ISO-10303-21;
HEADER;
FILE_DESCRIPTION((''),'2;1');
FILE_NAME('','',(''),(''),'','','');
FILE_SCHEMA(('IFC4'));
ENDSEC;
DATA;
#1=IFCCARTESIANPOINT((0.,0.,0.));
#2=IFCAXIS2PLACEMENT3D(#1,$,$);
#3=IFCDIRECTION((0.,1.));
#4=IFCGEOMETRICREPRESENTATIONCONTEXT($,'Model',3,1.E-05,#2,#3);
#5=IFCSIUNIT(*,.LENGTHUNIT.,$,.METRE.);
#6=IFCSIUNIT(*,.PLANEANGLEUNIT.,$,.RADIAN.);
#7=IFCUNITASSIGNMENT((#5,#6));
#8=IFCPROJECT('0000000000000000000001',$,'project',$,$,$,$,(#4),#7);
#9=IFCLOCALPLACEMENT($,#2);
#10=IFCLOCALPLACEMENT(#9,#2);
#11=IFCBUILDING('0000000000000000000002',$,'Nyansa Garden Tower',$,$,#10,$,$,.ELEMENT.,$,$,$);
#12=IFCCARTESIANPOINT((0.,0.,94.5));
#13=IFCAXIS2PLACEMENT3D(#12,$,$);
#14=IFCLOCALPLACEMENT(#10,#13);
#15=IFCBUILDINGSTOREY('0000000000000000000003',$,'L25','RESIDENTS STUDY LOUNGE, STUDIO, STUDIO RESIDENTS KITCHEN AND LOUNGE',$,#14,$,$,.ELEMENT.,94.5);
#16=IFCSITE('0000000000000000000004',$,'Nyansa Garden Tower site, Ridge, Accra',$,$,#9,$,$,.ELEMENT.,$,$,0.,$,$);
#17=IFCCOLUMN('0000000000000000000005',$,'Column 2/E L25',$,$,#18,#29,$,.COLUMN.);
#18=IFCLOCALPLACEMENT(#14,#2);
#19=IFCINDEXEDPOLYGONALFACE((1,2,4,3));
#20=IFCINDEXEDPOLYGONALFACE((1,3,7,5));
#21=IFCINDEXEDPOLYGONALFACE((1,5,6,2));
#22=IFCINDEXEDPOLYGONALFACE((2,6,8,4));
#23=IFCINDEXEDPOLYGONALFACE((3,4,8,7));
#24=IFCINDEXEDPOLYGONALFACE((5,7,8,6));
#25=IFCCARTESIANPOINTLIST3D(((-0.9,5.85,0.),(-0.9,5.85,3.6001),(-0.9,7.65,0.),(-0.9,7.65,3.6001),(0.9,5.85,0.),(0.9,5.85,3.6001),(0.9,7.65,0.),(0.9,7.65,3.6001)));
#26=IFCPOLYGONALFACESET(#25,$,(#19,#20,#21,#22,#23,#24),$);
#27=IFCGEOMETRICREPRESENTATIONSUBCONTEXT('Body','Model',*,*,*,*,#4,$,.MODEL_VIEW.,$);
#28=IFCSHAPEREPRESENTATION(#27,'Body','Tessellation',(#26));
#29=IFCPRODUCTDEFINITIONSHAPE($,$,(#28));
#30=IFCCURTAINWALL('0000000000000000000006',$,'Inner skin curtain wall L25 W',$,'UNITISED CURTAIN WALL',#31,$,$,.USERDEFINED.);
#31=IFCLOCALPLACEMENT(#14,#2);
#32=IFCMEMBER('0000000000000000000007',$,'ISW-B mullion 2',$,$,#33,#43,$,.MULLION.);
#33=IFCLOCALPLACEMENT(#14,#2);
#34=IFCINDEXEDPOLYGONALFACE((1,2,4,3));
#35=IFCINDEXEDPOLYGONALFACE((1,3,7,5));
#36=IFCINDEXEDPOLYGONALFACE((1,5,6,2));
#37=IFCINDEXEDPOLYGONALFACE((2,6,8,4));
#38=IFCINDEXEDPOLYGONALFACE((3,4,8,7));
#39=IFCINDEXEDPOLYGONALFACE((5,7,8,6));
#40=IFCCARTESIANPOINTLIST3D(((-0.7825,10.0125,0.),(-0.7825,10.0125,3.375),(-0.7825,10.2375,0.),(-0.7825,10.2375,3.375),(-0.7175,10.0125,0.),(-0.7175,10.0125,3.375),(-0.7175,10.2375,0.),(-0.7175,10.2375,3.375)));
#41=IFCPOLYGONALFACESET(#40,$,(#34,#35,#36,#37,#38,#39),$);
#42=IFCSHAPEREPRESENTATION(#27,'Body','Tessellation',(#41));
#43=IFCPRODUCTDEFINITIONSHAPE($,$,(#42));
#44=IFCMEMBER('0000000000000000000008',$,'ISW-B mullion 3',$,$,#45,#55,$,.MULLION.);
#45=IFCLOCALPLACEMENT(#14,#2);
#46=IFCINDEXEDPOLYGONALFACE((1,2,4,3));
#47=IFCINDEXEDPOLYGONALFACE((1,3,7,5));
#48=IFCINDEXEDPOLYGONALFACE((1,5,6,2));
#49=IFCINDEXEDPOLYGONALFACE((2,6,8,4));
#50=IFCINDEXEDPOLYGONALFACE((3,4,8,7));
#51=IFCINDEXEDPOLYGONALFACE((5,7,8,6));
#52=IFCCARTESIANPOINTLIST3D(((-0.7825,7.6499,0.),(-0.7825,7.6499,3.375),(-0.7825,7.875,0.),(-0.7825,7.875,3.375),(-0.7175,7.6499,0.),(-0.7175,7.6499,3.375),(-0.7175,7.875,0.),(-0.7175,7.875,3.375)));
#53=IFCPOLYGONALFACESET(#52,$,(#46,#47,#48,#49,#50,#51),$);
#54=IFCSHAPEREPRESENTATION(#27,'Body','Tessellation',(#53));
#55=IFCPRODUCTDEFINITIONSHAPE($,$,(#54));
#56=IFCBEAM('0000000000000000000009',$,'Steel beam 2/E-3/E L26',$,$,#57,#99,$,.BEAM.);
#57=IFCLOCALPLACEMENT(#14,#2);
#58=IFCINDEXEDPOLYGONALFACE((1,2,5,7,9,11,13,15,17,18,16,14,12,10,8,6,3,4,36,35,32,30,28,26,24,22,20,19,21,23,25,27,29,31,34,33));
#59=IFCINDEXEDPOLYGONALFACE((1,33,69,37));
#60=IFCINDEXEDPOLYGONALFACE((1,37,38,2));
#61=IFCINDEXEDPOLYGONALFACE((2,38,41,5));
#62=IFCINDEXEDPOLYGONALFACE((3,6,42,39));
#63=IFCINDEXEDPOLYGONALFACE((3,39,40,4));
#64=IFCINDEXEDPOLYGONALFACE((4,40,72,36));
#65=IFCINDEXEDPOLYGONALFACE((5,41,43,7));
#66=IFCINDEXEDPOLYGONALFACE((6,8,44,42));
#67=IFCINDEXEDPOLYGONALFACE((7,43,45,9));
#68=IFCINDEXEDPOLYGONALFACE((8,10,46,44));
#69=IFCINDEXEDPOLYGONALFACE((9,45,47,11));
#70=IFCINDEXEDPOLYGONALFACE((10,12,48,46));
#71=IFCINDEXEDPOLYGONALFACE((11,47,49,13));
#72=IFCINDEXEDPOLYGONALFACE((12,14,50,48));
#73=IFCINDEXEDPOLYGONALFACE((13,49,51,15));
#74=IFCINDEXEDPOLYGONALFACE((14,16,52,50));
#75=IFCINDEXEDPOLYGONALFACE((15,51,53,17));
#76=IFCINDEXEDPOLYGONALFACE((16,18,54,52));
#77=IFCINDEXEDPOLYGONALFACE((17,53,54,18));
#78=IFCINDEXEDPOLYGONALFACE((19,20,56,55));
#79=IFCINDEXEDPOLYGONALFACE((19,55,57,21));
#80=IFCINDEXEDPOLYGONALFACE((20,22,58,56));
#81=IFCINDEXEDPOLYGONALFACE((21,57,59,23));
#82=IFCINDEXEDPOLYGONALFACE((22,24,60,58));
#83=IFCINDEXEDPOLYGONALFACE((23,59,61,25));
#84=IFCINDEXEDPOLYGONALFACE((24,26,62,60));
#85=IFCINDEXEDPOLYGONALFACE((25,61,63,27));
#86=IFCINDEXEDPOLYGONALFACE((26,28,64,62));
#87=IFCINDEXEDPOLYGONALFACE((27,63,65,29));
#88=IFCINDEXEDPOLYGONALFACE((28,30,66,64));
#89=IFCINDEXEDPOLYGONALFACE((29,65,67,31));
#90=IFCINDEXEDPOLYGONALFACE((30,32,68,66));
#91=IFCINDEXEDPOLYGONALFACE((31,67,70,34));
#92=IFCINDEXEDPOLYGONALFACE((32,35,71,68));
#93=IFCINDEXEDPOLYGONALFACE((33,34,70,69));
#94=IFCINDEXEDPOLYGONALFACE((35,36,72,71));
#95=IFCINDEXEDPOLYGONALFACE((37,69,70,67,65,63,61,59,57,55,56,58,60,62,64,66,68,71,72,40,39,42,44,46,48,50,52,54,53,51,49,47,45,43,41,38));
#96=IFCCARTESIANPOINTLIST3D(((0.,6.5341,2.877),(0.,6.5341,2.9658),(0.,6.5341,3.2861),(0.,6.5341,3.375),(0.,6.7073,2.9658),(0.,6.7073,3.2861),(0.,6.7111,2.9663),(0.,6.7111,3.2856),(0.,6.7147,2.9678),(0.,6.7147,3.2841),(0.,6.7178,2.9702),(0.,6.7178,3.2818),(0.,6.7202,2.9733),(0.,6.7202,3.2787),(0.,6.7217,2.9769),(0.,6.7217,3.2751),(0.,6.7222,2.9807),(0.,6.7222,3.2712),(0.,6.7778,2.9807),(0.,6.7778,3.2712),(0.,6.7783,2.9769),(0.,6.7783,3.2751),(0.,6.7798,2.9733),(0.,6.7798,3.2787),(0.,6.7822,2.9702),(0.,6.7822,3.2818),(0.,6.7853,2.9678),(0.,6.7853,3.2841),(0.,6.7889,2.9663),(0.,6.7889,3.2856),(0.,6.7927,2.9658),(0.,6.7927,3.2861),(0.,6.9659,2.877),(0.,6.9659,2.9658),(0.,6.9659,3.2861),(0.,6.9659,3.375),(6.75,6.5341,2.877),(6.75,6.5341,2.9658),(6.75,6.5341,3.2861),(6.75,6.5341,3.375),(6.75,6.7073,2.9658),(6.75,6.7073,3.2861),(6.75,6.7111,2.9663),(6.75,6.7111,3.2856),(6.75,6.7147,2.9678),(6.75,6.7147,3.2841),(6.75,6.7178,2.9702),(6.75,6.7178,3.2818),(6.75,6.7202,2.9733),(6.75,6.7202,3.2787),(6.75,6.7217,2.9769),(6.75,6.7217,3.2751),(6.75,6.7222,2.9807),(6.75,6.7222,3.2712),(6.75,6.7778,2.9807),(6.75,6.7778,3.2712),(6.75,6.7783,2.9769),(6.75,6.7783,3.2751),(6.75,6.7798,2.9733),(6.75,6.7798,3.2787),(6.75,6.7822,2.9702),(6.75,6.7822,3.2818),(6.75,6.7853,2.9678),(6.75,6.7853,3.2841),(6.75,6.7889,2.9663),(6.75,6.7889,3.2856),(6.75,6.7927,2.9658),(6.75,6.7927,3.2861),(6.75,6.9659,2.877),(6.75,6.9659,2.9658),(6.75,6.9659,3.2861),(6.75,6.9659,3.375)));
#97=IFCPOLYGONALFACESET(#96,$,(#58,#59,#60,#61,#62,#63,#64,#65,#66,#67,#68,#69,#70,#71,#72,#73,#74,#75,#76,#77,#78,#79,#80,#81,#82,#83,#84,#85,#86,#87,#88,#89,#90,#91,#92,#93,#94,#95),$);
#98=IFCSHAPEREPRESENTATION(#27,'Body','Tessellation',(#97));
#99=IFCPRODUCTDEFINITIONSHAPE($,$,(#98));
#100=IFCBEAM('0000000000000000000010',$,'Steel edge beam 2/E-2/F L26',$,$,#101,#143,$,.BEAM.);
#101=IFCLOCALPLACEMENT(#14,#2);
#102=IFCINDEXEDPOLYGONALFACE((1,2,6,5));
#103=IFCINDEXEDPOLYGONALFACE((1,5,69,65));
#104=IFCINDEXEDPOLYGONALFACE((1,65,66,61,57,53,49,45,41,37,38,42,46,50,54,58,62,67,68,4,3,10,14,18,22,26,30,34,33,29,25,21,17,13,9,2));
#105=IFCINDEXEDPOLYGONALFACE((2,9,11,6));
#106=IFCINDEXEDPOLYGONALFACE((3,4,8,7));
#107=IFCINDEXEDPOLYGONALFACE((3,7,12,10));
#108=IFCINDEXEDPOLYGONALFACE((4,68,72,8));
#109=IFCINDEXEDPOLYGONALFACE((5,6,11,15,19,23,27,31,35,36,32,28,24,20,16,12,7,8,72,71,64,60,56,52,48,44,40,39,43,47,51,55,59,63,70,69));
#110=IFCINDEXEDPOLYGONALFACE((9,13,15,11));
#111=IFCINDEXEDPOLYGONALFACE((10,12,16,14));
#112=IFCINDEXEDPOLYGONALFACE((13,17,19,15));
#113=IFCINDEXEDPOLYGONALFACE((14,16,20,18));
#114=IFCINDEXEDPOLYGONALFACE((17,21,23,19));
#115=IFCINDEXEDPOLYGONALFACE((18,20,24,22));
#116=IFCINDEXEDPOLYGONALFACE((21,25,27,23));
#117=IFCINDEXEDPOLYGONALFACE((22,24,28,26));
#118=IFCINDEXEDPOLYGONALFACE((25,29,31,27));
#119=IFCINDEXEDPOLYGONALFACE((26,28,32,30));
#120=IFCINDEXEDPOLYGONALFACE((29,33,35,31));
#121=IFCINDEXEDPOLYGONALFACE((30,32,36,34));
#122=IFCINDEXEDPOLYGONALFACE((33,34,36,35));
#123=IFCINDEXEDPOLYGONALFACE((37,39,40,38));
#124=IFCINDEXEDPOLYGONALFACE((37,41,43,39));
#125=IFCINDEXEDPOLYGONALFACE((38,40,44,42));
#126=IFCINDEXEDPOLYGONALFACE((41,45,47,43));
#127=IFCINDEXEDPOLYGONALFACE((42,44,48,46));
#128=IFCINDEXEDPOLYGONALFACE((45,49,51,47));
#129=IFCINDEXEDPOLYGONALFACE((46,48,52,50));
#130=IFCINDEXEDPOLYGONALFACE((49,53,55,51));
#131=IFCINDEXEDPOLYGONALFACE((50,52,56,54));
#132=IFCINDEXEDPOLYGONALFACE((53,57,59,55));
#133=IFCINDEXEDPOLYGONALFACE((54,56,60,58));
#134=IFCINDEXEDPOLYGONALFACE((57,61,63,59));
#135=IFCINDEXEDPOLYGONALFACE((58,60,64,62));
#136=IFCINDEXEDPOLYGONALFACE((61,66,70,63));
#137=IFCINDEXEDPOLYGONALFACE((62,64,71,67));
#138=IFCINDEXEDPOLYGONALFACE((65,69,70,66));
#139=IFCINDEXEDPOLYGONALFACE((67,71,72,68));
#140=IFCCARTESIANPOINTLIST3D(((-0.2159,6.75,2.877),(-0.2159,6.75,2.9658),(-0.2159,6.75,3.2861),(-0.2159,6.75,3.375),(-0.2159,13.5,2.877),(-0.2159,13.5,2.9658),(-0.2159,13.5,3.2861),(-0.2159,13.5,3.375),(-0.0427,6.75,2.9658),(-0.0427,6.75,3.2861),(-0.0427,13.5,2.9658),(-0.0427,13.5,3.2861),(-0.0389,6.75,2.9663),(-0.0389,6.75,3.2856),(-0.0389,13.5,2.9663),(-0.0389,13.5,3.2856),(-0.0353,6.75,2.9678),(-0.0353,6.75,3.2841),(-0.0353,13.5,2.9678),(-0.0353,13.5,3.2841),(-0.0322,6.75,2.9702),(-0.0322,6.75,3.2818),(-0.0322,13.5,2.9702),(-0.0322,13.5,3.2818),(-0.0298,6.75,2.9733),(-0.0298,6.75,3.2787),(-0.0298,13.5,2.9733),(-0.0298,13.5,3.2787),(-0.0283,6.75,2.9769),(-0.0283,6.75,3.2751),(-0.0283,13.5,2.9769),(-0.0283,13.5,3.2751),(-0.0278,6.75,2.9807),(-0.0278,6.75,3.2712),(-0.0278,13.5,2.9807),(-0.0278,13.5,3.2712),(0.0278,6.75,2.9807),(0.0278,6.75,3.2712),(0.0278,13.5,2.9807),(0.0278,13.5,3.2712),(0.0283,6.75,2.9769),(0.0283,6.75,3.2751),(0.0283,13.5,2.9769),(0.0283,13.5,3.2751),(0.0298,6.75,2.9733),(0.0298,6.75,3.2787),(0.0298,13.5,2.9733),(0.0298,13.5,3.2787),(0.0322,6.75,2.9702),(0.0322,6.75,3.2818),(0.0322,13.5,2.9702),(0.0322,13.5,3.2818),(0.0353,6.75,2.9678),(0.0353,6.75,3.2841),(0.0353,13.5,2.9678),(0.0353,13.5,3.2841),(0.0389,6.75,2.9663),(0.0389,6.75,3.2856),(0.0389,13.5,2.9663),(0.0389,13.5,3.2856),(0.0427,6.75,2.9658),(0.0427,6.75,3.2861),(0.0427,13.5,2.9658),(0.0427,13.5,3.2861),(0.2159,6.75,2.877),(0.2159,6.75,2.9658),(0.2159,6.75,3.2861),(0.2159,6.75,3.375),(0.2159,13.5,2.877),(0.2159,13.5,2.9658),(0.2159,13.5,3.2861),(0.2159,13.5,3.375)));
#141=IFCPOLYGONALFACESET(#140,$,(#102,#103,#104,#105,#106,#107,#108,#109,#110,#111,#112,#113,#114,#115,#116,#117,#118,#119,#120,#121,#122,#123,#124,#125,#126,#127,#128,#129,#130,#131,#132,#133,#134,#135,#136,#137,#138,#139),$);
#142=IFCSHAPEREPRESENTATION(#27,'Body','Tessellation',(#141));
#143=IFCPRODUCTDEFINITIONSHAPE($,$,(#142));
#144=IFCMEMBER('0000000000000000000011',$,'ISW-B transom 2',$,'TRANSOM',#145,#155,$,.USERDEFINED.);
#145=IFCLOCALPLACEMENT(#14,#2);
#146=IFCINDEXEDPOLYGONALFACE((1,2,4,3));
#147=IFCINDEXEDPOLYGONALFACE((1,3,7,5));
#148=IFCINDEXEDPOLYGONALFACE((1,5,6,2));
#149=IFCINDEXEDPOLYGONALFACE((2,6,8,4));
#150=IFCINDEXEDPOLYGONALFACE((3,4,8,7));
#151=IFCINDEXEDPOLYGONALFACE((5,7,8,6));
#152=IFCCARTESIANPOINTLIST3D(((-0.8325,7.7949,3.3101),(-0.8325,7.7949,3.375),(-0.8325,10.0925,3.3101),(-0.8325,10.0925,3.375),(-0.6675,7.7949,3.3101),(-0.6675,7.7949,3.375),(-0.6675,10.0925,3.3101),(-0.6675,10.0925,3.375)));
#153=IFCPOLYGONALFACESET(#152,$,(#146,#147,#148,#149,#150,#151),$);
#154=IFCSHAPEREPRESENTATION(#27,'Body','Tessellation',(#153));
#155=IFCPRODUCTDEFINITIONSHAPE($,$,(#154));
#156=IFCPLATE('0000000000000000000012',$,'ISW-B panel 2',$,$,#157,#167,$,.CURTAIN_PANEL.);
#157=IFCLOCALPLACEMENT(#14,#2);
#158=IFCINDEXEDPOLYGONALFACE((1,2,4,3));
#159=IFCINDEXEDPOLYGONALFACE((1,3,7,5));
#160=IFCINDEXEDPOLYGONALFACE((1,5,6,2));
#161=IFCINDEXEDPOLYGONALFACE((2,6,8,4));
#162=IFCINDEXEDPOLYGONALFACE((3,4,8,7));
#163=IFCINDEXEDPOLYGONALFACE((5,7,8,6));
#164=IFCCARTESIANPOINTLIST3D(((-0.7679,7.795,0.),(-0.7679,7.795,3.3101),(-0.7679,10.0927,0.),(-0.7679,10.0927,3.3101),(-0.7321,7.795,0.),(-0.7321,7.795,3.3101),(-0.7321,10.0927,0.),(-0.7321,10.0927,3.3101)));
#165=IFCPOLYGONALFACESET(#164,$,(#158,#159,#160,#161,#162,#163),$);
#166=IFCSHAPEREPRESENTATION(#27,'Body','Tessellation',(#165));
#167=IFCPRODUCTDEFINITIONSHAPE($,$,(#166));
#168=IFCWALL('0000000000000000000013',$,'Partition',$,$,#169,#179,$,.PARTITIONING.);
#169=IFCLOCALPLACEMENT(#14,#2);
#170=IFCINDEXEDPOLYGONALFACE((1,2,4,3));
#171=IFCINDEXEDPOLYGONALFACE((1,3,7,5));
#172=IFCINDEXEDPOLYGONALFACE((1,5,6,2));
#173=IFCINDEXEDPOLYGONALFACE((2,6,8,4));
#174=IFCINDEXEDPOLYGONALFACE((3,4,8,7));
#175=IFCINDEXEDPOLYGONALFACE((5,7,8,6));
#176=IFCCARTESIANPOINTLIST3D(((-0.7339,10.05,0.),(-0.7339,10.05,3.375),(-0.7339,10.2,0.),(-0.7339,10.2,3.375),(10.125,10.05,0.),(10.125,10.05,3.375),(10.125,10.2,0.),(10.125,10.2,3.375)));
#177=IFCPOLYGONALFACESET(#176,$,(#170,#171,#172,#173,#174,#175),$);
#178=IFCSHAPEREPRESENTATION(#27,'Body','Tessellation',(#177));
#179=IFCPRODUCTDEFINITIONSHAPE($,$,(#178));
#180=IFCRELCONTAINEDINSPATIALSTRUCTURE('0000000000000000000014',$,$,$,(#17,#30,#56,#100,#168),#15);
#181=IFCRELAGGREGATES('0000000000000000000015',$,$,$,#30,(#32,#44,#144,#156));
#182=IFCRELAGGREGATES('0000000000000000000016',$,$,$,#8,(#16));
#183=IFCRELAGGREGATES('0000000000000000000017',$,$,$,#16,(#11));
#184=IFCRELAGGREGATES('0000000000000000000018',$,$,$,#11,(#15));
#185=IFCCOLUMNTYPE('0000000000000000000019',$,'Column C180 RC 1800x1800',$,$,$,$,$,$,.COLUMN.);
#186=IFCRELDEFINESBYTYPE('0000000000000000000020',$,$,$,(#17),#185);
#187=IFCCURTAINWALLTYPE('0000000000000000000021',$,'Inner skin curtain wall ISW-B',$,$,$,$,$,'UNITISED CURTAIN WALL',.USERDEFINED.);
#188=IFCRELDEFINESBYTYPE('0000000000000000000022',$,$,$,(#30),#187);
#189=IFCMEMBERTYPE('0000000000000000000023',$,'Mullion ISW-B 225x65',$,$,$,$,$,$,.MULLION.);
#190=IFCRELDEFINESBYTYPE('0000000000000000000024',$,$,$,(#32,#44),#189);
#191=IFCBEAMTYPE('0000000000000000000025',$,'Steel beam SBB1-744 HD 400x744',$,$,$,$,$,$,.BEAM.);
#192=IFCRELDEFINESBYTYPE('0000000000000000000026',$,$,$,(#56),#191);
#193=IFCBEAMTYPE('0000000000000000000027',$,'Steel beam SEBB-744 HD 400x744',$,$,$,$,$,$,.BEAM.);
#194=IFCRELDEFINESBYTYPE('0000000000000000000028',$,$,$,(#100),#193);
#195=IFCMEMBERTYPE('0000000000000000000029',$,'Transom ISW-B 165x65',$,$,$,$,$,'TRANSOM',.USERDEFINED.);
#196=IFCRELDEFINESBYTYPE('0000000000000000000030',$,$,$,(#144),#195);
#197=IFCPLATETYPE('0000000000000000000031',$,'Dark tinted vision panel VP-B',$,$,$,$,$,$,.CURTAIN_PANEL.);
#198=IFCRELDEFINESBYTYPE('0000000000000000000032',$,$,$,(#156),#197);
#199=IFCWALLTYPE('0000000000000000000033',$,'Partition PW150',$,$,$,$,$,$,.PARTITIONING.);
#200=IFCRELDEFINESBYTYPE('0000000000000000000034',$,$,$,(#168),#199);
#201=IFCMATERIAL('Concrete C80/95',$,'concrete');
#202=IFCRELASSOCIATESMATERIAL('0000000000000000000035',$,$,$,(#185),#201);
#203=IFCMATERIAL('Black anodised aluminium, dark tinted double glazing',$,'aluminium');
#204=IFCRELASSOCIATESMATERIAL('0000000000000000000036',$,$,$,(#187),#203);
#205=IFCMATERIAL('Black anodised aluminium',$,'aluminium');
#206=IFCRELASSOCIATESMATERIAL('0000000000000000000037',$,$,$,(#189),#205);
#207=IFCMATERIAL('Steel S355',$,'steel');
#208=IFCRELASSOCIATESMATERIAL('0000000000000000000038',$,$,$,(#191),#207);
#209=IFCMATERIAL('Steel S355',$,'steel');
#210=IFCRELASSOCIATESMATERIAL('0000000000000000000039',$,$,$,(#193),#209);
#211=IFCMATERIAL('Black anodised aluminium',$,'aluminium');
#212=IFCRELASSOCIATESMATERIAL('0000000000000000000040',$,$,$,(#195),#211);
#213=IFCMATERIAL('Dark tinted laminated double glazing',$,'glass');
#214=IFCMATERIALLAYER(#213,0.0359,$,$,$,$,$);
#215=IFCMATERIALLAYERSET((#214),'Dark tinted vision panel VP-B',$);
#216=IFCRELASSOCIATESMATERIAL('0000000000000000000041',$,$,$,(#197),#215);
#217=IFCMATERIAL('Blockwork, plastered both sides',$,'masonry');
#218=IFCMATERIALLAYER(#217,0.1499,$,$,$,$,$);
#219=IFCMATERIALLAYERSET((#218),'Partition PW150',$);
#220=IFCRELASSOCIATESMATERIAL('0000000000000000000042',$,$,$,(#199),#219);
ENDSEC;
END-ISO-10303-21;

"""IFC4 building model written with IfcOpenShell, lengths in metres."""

from ifc_helpers import new_model, si_unit, direction, frame, frame_2d, origin, origin_2d, place, context, subcontext, project, spatial, rectangle, i_section, extrude, material, layer, layer_set, material_profile, profile_set, type_object, element, aggregate, save


model = new_model("IFC4")

# Units and contexts
model_context = context("Model", 3, precision=1e-05, world=origin(), true_north=direction((0.0, 1.0)))
body_context = subcontext(model_context, "Body", "Model", "MODEL_VIEW")
ifc_project = project(units=[si_unit("LENGTHUNIT", "METRE"), si_unit("PLANEANGLEUNIT", "RADIAN")], contexts=[model_context])

# Site, building, storey
site_placement = place(None, origin())
site = spatial("IfcSite", under=ifc_project, at=site_placement, Name="Nyansa Garden Tower site, Ridge, Accra", CompositionType="ELEMENT", RefElevation=0.0)
building_placement = place(site_placement, origin())
building = spatial("IfcBuilding", under=site, at=building_placement, Name="Nyansa Garden Tower", CompositionType="ELEMENT")
storey_placement = place(building_placement, frame((0.0, 0.0, 94.5)))
storey = spatial("IfcBuildingStorey", under=building, at=storey_placement, Name="L25", Description="RESIDENTS STUDY LOUNGE, STUDIO, STUDIO RESIDENTS KITCHEN AND LOUNGE", CompositionType="ELEMENT", Elevation=94.5)

# Column
ifc_material_1 = material(Name="Concrete C80/95", Category="concrete")
ifc_material_profile_1 = material_profile(ifc_material_1, rectangle(XDim=1.8, YDim=1.8, at=origin_2d()), Name="RC 1800x1800")
ifc_profile_set_1 = profile_set([ifc_material_profile_1], Name="Concrete C80/95")
column_type = type_object("IfcColumnType", Name="Column C180 RC 1800x1800", PredefinedType="COLUMN", material=ifc_profile_set_1)
column_placement = place(storey_placement, frame((0.0, 6.75, 0.0), z_axis=(0.0, 0.0, 1.0), x_axis=(1.0, 0.0, 0.0)))
element("IfcColumn", 1, at=column_placement, inside=storey, type_object=column_type, Name="Column 2/E L25", PredefinedType="COLUMN", context=body_context, shape_type="SweptSolid", body=[
    extrude(rectangle(XDim=1.8, YDim=1.8, at=origin_2d()), origin(), (0.0, 0.0, 1.0), 3.6001),
])

# Curtain wall, members
ifc_material_2 = material(Name="Black anodised aluminium, dark tinted double glazing", Category="aluminium")
curtain_wall_type = type_object("IfcCurtainWallType", Name="Inner skin curtain wall ISW-B", ElementType="UNITISED CURTAIN WALL", PredefinedType="USERDEFINED", material=ifc_material_2)
curtain_wall_placement = place(storey_placement, origin())
curtain_wall = element("IfcCurtainWall", 2, at=curtain_wall_placement, inside=storey, type_object=curtain_wall_type, Name="Inner skin curtain wall L25 W", ObjectType="UNITISED CURTAIN WALL", PredefinedType="USERDEFINED")
ifc_material_3 = material(Name="Black anodised aluminium", Category="aluminium")
ifc_material_profile_2 = material_profile(ifc_material_3, rectangle(XDim=0.0649, YDim=0.2251, at=origin_2d()), Name="Mullion 225x65")
ifc_profile_set_2 = profile_set([ifc_material_profile_2], Name="Black anodised aluminium")
member_type_1 = type_object("IfcMemberType", Name="Mullion ISW-B 225x65", PredefinedType="MULLION", material=ifc_profile_set_2)
member_1_placement = place(storey_placement, frame((-0.75, 10.125, 0.0), z_axis=(0.0, 0.0, 1.0), x_axis=(1.0, 0.0, 0.0)))
member_1 = element("IfcMember", 3, at=member_1_placement, type_object=member_type_1, Name="ISW-B mullion 2", PredefinedType="MULLION", context=body_context, shape_type="SweptSolid", body=[
    extrude(rectangle(XDim=0.0649, YDim=0.2251, at=origin_2d()), origin(), (0.0, 0.0, 1.0), 3.375),
])
member_2_placement = place(storey_placement, frame((-0.75, 7.7625, 0.0), z_axis=(0.0, 0.0, 1.0), x_axis=(1.0, 0.0, 0.0)))
member_2 = element("IfcMember", 4, at=member_2_placement, type_object=member_type_1, Name="ISW-B mullion 3", PredefinedType="MULLION", context=body_context, shape_type="SweptSolid", body=[
    extrude(rectangle(XDim=0.0649, YDim=0.2251, at=origin_2d()), origin(), (0.0, 0.0, 1.0), 3.375),
])

# Beams
ifc_material_4 = material(Name="Steel S355", Category="steel")
ifc_material_profile_3 = material_profile(ifc_material_4, i_section(OverallWidth=0.4319, OverallDepth=0.498, WebThickness=0.0557, FlangeThickness=0.0889, FilletRadius=0.0149, at=origin_2d()), Name="HD 400x744")
ifc_profile_set_3 = profile_set([ifc_material_profile_3], Name="Steel S355")
beam_type_1 = type_object("IfcBeamType", Name="Steel beam SBB1-744 HD 400x744", PredefinedType="BEAM", material=ifc_profile_set_3)
beam_1_placement = place(storey_placement, frame((0.0, 6.75, 3.126), z_axis=(1.0, 0.0, 0.0), x_axis=(0.0, 1.0, 0.0)))
element("IfcBeam", 5, at=beam_1_placement, inside=storey, type_object=beam_type_1, Name="Steel beam 2/E-3/E L26", PredefinedType="BEAM", context=body_context, shape_type="SweptSolid", body=[
    extrude(i_section(OverallWidth=0.4319, OverallDepth=0.498, WebThickness=0.0557, FlangeThickness=0.0889, FilletRadius=0.0149, at=origin_2d()), origin(), (0.0, 0.0, 1.0), 6.75),
])
ifc_material_5 = material(Name="Steel S355", Category="steel")
ifc_material_profile_4 = material_profile(ifc_material_5, i_section(OverallWidth=0.4319, OverallDepth=0.498, WebThickness=0.0557, FlangeThickness=0.0889, FilletRadius=0.0149, at=origin_2d()), Name="HD 400x744")
ifc_profile_set_4 = profile_set([ifc_material_profile_4], Name="Steel S355")
beam_type_2 = type_object("IfcBeamType", Name="Steel beam SEBB-744 HD 400x744", PredefinedType="BEAM", material=ifc_profile_set_4)
beam_2_placement = place(storey_placement, frame((0.0, 6.75, 3.126), z_axis=(0.0, 1.0, 0.0), x_axis=(-1.0, 0.0, 0.0)))
element("IfcBeam", 6, at=beam_2_placement, inside=storey, type_object=beam_type_2, Name="Steel edge beam 2/E-2/F L26", PredefinedType="BEAM", context=body_context, shape_type="SweptSolid", body=[
    extrude(i_section(OverallWidth=0.4319, OverallDepth=0.498, WebThickness=0.0557, FlangeThickness=0.0889, FilletRadius=0.0149, at=origin_2d()), origin(), (0.0, 0.0, 1.0), 6.75),
])

# Member
ifc_material_6 = material(Name="Black anodised aluminium", Category="aluminium")
ifc_material_profile_5 = material_profile(ifc_material_6, rectangle(XDim=0.165, YDim=0.0649, at=origin_2d()), Name="Transom 165x65")
ifc_profile_set_5 = profile_set([ifc_material_profile_5], Name="Black anodised aluminium")
member_type_2 = type_object("IfcMemberType", Name="Transom ISW-B 165x65", ElementType="TRANSOM", PredefinedType="USERDEFINED", material=ifc_profile_set_5)
member_3_placement = place(storey_placement, frame((-0.75, 10.0925, 3.3425), z_axis=(0.0, -1.0, 0.0), x_axis=(1.0, 0.0, 0.0)))
member_3 = element("IfcMember", 7, at=member_3_placement, type_object=member_type_2, Name="ISW-B transom 2", ObjectType="TRANSOM", PredefinedType="USERDEFINED", context=body_context, shape_type="SweptSolid", body=[
    extrude(rectangle(XDim=0.165, YDim=0.0649, at=origin_2d()), origin(), (0.0, 0.0, 1.0), 2.2976),
])

# Plate
ifc_material_7 = material(Name="Dark tinted laminated double glazing", Category="glass")
ifc_layer_1 = layer(ifc_material_7, 0.0359)
ifc_layer_set_1 = layer_set([ifc_layer_1], Name="Dark tinted vision panel VP-B")
plate_type = type_object("IfcPlateType", Name="Dark tinted vision panel VP-B", PredefinedType="CURTAIN_PANEL", material=ifc_layer_set_1)
plate_placement = place(storey_placement, frame((-0.75, 8.9438, 0.0), z_axis=(0.0, 0.0, 1.0), x_axis=(0.0, -1.0, 0.0)))
plate = element("IfcPlate", 8, at=plate_placement, type_object=plate_type, Name="ISW-B panel 2", PredefinedType="CURTAIN_PANEL", context=body_context, shape_type="SweptSolid", body=[
    extrude(rectangle(XDim=2.2976, YDim=0.0359, at=origin_2d()), origin(), (0.0, 0.0, 1.0), 3.3101),
])
aggregate(curtain_wall, [member_1, member_2, member_3, plate])

# Wall
ifc_material_8 = material(Name="Blockwork, plastered both sides", Category="masonry")
ifc_layer_2 = layer(ifc_material_8, 0.1499)
ifc_layer_set_2 = layer_set([ifc_layer_2], Name="Partition PW150")
wall_type_1 = type_object("IfcWallType", Name="Partition PW150", PredefinedType="PARTITIONING", material=ifc_layer_set_2)
wall_1_placement = place(storey_placement, frame((-0.7339, 10.125, 0.0), z_axis=(0.0, 0.0, 1.0), x_axis=(1.0, 0.0, 0.0)))
element("IfcWall", 9, at=wall_1_placement, inside=storey, type_object=wall_type_1, Name="Partition", PredefinedType="PARTITIONING", context=body_context, shape_type="SweptSolid", body=[
    extrude(rectangle(XDim=10.8589, YDim=0.1499, at=frame_2d((5.4294, 0.0))), origin(), (0.0, 0.0, 1.0), 3.375),
])

save(model, "model.ifc")
